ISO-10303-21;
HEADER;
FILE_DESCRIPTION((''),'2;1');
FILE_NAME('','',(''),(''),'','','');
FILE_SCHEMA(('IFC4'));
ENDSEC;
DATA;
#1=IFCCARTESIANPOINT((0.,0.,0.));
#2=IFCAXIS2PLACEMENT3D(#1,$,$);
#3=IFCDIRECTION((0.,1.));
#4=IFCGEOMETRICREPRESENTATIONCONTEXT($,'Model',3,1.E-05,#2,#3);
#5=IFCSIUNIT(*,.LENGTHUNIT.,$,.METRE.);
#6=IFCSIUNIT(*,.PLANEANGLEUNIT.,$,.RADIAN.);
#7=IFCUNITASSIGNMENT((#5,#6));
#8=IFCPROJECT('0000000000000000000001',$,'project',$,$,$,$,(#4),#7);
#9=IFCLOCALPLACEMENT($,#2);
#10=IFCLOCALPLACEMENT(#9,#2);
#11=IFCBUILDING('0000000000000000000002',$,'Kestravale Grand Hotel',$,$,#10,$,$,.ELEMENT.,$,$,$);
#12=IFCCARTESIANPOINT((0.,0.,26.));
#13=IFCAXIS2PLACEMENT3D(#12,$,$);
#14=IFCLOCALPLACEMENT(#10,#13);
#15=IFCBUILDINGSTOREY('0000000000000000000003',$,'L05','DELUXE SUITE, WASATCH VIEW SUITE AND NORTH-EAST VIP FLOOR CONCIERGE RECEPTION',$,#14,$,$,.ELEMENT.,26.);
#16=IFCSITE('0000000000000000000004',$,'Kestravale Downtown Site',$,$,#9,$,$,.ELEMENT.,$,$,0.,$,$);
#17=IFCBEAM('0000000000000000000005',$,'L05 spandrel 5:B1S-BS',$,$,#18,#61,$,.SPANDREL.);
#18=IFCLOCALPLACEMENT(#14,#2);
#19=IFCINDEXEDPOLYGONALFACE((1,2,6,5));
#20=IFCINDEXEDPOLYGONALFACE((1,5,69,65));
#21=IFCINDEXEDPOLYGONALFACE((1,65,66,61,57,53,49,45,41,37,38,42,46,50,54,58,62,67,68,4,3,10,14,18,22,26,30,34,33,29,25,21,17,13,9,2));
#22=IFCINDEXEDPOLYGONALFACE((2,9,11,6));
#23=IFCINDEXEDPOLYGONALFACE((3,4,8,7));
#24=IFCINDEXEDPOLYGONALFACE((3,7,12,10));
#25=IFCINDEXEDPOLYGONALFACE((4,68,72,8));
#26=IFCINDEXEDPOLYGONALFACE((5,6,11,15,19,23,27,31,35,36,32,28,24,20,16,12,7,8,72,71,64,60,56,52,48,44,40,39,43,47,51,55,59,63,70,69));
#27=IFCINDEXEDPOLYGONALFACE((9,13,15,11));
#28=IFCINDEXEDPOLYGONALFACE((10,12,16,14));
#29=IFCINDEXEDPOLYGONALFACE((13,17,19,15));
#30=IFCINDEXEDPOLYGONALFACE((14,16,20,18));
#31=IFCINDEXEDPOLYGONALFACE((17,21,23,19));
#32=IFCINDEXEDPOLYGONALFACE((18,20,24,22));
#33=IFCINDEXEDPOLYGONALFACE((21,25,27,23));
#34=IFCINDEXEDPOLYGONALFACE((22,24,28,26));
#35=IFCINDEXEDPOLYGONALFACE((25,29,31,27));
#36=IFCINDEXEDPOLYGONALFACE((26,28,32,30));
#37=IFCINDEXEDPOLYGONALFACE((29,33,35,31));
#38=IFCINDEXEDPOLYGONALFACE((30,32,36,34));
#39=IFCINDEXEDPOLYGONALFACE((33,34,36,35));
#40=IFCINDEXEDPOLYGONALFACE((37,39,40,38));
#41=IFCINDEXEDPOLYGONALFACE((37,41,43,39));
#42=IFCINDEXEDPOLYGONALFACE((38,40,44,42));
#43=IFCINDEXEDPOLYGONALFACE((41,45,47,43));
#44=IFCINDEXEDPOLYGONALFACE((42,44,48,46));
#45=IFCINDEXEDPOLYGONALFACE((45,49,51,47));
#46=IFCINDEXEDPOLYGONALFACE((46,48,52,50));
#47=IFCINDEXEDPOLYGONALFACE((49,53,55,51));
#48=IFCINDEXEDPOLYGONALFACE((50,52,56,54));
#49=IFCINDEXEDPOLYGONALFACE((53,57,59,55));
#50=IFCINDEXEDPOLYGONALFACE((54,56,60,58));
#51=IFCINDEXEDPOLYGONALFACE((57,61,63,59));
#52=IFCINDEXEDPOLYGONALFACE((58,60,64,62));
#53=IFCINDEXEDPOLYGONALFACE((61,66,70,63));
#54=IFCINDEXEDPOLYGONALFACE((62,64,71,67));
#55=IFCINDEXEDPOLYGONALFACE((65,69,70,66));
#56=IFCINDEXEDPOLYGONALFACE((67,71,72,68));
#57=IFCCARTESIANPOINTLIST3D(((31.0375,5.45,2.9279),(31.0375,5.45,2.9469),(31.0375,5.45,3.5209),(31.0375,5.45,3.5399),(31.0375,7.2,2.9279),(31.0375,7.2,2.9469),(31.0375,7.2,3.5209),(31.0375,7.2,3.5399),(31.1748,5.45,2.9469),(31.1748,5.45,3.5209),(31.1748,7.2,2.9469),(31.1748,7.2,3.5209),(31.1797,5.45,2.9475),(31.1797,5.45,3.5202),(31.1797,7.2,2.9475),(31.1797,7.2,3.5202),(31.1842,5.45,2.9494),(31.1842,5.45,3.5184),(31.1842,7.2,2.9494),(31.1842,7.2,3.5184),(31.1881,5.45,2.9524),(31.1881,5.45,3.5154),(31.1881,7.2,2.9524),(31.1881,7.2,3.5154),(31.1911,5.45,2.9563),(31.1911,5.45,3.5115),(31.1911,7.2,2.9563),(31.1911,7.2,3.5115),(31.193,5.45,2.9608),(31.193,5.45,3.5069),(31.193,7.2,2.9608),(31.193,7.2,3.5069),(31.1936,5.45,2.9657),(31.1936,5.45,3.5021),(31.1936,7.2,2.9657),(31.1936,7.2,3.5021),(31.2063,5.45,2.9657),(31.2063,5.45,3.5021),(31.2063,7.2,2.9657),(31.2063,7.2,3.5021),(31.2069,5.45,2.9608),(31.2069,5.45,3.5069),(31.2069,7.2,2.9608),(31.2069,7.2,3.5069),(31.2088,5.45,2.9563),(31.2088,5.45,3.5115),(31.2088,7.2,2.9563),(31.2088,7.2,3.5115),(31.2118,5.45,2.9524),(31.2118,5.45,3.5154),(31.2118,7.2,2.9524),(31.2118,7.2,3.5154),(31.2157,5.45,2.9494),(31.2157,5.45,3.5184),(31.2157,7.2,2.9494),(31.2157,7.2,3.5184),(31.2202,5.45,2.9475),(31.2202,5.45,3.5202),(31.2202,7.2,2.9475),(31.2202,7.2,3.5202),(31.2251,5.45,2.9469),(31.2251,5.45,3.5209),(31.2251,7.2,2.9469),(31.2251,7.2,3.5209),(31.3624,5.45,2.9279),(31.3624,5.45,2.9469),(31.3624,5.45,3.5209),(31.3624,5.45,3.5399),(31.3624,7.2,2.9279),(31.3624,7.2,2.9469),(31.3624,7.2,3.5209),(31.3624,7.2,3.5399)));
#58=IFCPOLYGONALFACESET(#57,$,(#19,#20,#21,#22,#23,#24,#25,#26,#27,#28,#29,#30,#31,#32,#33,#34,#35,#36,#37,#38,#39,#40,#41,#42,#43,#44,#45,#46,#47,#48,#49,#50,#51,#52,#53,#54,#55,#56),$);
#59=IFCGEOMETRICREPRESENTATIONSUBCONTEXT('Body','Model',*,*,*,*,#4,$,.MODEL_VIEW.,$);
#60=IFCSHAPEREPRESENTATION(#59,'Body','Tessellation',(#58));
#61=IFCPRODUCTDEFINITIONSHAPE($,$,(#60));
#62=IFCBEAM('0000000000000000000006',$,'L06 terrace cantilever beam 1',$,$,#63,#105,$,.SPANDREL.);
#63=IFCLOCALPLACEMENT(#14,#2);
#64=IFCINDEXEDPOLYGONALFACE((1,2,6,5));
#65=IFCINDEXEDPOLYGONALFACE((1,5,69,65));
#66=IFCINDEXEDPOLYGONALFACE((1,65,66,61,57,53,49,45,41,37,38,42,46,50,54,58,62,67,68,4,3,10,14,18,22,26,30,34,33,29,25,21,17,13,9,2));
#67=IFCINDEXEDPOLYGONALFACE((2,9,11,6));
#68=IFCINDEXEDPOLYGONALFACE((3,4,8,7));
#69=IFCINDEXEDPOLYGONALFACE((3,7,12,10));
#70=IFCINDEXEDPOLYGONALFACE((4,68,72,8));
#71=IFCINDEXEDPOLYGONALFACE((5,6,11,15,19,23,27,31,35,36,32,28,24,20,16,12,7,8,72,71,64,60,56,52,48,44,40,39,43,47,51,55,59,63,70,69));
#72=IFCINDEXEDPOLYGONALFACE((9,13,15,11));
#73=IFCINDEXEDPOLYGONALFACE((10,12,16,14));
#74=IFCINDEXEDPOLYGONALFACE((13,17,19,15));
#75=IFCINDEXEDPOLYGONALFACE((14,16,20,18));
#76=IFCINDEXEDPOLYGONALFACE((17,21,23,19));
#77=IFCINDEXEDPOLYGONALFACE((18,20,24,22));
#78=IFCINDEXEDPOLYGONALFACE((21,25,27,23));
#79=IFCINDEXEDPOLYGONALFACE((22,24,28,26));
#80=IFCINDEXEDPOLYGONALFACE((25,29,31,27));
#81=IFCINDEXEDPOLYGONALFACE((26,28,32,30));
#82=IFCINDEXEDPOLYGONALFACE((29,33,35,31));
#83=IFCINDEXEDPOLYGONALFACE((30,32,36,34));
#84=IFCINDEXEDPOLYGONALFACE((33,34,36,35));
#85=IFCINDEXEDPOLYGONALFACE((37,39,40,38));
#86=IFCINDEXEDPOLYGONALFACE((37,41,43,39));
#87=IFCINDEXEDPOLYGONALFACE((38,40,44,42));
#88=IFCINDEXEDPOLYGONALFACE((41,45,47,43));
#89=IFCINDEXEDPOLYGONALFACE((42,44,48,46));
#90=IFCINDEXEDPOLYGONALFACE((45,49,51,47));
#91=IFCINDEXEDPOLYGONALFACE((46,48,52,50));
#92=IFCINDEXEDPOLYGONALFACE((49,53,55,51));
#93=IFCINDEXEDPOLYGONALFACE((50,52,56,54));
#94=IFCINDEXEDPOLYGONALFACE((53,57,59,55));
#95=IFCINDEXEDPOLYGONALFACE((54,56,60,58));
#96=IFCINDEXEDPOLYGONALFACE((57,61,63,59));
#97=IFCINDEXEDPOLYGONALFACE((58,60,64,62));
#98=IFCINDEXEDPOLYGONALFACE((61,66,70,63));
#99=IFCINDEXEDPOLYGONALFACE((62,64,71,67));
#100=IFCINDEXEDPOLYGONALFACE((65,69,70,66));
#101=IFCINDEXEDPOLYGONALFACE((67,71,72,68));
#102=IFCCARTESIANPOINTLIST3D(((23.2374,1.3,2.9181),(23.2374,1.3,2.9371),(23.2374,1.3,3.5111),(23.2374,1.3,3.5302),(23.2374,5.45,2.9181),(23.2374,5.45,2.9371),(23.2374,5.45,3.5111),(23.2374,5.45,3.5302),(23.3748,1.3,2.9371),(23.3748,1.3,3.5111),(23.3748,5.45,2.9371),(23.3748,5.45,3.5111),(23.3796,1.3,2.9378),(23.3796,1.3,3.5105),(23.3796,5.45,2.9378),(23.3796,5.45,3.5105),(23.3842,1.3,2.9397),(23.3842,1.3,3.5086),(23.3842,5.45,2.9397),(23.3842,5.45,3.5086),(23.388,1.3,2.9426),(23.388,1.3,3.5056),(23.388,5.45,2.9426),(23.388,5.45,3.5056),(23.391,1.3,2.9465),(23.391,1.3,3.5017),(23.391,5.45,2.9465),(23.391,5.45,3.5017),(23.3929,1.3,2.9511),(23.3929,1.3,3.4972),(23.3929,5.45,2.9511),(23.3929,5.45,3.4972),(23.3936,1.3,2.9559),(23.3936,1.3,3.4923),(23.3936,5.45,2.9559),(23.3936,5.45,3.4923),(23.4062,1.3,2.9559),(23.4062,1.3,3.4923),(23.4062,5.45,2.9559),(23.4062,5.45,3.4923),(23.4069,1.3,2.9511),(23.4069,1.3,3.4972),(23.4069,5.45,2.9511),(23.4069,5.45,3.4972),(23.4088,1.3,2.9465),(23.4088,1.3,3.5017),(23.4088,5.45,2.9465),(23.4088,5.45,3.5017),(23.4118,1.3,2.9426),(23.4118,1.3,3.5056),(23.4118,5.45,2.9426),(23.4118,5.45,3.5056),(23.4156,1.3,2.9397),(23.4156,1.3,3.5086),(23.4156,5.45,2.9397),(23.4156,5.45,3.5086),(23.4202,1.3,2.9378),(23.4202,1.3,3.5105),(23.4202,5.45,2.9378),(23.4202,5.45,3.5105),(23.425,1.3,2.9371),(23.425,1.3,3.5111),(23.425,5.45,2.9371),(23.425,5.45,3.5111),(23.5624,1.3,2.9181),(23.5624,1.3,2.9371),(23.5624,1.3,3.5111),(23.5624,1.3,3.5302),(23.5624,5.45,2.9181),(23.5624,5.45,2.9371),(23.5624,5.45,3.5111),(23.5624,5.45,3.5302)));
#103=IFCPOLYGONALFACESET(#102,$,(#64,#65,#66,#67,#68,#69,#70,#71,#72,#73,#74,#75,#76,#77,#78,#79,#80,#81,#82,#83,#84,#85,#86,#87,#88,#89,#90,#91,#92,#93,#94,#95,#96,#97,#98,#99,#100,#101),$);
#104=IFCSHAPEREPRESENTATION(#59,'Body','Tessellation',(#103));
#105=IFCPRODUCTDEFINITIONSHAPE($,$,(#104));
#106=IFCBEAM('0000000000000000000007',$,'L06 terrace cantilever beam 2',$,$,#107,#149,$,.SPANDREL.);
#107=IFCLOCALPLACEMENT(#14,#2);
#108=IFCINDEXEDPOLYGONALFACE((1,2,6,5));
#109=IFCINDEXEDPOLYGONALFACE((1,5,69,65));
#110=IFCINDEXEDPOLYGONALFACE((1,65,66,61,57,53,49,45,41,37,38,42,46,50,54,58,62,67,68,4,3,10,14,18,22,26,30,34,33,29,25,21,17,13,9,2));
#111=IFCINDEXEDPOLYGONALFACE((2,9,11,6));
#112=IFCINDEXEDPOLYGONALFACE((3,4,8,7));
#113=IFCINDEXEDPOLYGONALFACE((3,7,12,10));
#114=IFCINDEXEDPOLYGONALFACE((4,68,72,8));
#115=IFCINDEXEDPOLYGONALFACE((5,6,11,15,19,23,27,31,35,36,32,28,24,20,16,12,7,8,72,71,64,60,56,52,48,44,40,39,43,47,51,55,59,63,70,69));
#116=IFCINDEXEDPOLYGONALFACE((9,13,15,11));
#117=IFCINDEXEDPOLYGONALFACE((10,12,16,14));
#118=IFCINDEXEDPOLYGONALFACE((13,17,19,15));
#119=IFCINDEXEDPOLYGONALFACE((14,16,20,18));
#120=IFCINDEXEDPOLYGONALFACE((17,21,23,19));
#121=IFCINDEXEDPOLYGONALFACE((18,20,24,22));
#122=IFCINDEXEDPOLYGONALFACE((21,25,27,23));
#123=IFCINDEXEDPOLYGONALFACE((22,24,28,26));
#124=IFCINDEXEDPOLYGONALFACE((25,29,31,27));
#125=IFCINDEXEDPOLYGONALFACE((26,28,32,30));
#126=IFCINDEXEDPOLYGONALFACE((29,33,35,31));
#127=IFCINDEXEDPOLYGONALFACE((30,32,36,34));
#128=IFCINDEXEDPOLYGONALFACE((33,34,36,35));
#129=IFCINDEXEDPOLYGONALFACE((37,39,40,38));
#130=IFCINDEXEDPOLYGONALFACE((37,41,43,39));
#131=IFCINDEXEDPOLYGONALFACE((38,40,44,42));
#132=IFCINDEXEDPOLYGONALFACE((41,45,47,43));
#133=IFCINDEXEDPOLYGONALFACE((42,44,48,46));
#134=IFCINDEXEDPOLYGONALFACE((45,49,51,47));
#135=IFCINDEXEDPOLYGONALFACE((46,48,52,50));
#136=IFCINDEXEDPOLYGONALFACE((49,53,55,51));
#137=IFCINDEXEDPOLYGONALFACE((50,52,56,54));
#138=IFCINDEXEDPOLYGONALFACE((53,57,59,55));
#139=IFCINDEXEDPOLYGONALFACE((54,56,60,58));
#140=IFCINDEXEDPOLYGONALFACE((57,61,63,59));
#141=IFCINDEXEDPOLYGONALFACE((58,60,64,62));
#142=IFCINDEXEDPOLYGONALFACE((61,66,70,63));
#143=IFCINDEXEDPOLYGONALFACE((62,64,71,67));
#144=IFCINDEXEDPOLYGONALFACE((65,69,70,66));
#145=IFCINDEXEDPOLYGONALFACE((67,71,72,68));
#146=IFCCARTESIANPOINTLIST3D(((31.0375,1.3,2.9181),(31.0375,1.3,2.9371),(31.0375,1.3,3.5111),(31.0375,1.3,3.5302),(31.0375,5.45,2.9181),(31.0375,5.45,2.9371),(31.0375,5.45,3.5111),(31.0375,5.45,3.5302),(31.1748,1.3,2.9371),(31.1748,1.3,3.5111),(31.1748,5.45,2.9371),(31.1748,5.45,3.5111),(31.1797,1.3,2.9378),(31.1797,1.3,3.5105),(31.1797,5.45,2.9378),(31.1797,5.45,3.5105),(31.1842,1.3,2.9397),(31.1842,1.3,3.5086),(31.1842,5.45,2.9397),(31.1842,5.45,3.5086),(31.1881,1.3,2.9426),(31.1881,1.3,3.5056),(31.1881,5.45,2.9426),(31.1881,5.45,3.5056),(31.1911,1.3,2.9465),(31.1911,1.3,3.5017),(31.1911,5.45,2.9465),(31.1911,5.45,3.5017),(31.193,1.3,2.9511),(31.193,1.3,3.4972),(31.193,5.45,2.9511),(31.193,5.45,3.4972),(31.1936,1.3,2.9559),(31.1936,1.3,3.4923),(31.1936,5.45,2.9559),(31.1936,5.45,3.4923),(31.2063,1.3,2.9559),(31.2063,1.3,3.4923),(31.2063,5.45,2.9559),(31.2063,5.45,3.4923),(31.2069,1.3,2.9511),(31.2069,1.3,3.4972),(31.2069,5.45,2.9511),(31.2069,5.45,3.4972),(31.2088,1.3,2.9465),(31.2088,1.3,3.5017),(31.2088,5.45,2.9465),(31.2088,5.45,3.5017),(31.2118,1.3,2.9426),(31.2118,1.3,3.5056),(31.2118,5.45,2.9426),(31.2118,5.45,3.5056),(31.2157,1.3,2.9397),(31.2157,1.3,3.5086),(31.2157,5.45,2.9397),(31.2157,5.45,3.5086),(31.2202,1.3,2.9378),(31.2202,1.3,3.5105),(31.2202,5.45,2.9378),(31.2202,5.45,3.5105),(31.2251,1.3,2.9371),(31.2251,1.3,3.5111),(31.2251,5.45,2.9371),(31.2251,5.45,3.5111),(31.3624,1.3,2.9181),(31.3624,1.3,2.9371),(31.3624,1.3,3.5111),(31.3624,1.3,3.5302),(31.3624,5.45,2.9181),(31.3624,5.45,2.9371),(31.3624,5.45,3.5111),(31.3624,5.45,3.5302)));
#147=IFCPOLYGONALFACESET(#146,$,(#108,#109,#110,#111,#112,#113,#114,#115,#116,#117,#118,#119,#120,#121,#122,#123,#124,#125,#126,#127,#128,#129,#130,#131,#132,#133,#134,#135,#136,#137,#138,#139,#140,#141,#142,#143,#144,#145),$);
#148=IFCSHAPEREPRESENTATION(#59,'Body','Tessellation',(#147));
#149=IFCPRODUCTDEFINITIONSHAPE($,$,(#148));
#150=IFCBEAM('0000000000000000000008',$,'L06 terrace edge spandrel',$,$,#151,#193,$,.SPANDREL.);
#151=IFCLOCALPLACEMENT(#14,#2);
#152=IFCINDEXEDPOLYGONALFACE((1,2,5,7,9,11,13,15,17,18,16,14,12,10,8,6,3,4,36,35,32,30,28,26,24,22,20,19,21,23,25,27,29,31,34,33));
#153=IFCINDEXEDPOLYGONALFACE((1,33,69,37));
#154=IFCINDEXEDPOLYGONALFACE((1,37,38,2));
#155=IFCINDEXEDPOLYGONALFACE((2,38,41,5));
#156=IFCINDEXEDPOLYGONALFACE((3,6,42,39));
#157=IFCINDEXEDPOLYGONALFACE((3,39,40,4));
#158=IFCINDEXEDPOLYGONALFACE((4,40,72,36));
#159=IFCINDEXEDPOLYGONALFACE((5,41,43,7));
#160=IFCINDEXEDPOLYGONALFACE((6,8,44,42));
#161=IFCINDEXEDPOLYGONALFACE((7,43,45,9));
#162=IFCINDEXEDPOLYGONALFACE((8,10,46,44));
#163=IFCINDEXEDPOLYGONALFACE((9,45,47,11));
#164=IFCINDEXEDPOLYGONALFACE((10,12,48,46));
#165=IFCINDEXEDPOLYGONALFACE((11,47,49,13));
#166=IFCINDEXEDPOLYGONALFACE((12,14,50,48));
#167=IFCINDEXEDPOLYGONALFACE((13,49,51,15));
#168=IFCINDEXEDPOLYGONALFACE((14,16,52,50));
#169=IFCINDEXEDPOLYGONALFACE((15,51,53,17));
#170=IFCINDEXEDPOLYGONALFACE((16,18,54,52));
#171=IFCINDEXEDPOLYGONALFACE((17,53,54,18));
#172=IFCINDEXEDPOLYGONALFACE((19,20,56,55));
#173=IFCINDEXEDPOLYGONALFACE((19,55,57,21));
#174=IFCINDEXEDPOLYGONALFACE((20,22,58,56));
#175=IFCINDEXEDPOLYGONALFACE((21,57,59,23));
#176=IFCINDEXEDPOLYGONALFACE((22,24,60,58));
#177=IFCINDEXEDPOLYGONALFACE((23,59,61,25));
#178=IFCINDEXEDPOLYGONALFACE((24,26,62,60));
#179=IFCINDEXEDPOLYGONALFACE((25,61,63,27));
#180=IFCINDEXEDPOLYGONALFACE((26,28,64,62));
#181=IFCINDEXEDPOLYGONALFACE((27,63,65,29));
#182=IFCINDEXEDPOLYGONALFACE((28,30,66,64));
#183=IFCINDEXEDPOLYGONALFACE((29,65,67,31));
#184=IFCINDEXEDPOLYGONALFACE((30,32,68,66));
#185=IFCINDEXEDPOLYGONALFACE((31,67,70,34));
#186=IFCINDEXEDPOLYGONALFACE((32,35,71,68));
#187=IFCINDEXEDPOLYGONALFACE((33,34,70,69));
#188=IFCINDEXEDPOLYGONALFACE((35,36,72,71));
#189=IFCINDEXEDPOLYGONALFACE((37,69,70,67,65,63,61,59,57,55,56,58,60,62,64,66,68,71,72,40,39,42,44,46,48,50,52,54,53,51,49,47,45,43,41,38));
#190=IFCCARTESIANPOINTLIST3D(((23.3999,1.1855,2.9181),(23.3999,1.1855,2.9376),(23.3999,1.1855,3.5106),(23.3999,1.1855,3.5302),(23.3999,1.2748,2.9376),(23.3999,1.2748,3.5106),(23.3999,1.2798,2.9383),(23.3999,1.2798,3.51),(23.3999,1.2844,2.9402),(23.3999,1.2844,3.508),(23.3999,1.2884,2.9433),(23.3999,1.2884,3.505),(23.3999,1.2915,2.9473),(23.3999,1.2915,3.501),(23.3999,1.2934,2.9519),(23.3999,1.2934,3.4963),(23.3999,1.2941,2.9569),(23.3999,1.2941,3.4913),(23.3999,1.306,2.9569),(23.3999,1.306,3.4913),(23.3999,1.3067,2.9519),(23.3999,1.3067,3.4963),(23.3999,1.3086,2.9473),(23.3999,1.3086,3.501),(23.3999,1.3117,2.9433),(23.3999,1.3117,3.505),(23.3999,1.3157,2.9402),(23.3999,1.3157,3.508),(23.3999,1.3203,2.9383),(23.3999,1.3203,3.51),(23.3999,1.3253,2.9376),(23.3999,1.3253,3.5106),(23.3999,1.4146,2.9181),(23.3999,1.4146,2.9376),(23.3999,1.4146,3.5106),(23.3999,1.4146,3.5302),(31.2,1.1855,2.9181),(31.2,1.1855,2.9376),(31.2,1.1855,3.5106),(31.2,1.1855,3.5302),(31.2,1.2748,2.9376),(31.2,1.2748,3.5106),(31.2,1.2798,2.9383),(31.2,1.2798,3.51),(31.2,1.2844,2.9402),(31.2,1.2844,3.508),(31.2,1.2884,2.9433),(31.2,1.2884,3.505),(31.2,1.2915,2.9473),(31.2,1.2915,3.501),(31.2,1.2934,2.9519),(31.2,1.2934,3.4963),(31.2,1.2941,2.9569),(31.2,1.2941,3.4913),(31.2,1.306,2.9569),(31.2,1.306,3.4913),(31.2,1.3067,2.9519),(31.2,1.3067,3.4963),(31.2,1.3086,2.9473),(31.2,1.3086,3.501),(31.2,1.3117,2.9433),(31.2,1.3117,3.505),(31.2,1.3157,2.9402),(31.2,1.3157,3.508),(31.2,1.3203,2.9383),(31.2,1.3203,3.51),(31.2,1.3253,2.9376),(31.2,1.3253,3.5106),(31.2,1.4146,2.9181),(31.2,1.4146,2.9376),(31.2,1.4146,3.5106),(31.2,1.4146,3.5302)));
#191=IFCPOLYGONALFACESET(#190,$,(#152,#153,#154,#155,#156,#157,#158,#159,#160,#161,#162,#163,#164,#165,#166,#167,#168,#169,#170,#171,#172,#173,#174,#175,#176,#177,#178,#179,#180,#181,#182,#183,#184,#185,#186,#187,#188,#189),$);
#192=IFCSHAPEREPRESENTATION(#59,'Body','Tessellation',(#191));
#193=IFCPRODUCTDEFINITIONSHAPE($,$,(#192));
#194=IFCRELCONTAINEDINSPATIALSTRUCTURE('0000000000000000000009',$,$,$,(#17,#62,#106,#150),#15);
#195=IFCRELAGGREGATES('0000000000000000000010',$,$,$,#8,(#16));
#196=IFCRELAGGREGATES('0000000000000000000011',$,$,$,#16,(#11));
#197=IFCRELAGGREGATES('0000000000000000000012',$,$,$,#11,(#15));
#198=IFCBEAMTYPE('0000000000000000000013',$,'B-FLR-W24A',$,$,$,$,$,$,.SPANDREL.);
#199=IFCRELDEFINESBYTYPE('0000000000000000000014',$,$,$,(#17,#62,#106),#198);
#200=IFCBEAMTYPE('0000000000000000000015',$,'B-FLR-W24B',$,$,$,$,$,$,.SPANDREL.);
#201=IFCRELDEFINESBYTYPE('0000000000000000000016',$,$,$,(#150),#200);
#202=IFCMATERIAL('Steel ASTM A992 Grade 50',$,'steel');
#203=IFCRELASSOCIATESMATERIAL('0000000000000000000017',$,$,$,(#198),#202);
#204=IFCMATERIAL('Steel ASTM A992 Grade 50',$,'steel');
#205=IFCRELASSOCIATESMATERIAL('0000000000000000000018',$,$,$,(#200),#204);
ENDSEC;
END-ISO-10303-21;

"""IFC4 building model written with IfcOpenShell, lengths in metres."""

from ifc_helpers import new_model, si_unit, direction, frame, origin, origin_2d, place, context, subcontext, project, spatial, i_section, extrude, material, material_profile, profile_set, type_object, element, save


model = new_model("IFC4")

# Units and contexts
model_context = context("Model", 3, precision=1e-05, world=origin(), true_north=direction((0.0, 1.0)))
body_context = subcontext(model_context, "Body", "Model", "MODEL_VIEW")
ifc_project = project(units=[si_unit("LENGTHUNIT", "METRE"), si_unit("PLANEANGLEUNIT", "RADIAN")], contexts=[model_context])

# Site, building, storey
site_placement = place(None, origin())
site = spatial("IfcSite", under=ifc_project, at=site_placement, Name="Kestravale Downtown Site", CompositionType="ELEMENT", RefElevation=0.0)
building_placement = place(site_placement, origin())
building = spatial("IfcBuilding", under=site, at=building_placement, Name="Kestravale Grand Hotel", CompositionType="ELEMENT")
storey_placement = place(building_placement, frame((0.0, 0.0, 26.0)))
storey = spatial("IfcBuildingStorey", under=building, at=storey_placement, Name="L05", Description="DELUXE SUITE, WASATCH VIEW SUITE AND NORTH-EAST VIP FLOOR CONCIERGE RECEPTION", CompositionType="ELEMENT", Elevation=26.0)

# Beams
ifc_material_1 = material(Name="Steel ASTM A992 Grade 50", Category="steel")
ifc_material_profile_1 = material_profile(ifc_material_1, i_section(OverallWidth=0.325, OverallDepth=0.6121, WebThickness=0.0127, FlangeThickness=0.019, FilletRadius=0.0188, at=origin_2d()))
ifc_profile_set_1 = profile_set([ifc_material_profile_1], Name="Steel ASTM A992 Grade 50")
beam_type_1 = type_object("IfcBeamType", Name="B-FLR-W24A", PredefinedType="SPANDREL", material=ifc_profile_set_1)
for number, where, z_axis, x_axis, name in (
    (1, (31.2, 5.45, 3.2339), (0.0, 1.0, 0.0), (-1.0, 0.0, 0.0), "L05 spandrel 5:B1S-BS"),
):
    element("IfcBeam", number, at=place(storey_placement, frame(where, z_axis=z_axis, x_axis=x_axis)), inside=storey, type_object=beam_type_1, Name=name, PredefinedType="SPANDREL", context=body_context, shape_type="SweptSolid", body=[
        extrude(i_section(OverallWidth=0.325, OverallDepth=0.6121, WebThickness=0.0127, FlangeThickness=0.019, FilletRadius=0.0188, at=origin_2d()), origin(), (0.0, 0.0, 1.0), 1.75),
    ])
for number, where, z_axis, x_axis, name in (
    (2, (23.3999, 5.45, 3.2241), (0.0, -1.0, 0.0), (1.0, 0.0, 0.0), "L06 terrace cantilever beam 1"),
    (3, (31.2, 5.45, 3.2241), (0.0, -1.0, 0.0), (1.0, 0.0, 0.0), "L06 terrace cantilever beam 2"),
):
    element("IfcBeam", number, at=place(storey_placement, frame(where, z_axis=z_axis, x_axis=x_axis)), inside=storey, type_object=beam_type_1, Name=name, PredefinedType="SPANDREL", context=body_context, shape_type="SweptSolid", body=[
        extrude(i_section(OverallWidth=0.325, OverallDepth=0.6121, WebThickness=0.0127, FlangeThickness=0.019, FilletRadius=0.0188, at=origin_2d()), origin(), (0.0, 0.0, 1.0), 4.1499),
    ])
ifc_material_2 = material(Name="Steel ASTM A992 Grade 50", Category="steel")
ifc_material_profile_2 = material_profile(ifc_material_2, i_section(OverallWidth=0.229, OverallDepth=0.6121, WebThickness=0.012, FlangeThickness=0.0195, FilletRadius=0.0193, at=origin_2d()))
ifc_profile_set_2 = profile_set([ifc_material_profile_2], Name="Steel ASTM A992 Grade 50")
beam_type_2 = type_object("IfcBeamType", Name="B-FLR-W24B", PredefinedType="SPANDREL", material=ifc_profile_set_2)
beam_placement = place(storey_placement, frame((23.3999, 1.3, 3.2241), z_axis=(1.0, 0.0, 0.0), x_axis=(0.0, 1.0, 0.0)))
element("IfcBeam", 4, at=beam_placement, inside=storey, type_object=beam_type_2, Name="L06 terrace edge spandrel", PredefinedType="SPANDREL", context=body_context, shape_type="SweptSolid", body=[
    extrude(i_section(OverallWidth=0.229, OverallDepth=0.6121, WebThickness=0.012, FlangeThickness=0.0195, FilletRadius=0.0193, at=origin_2d()), origin(), (0.0, 0.0, 1.0), 7.8),
])

save(model, "model.ifc")
